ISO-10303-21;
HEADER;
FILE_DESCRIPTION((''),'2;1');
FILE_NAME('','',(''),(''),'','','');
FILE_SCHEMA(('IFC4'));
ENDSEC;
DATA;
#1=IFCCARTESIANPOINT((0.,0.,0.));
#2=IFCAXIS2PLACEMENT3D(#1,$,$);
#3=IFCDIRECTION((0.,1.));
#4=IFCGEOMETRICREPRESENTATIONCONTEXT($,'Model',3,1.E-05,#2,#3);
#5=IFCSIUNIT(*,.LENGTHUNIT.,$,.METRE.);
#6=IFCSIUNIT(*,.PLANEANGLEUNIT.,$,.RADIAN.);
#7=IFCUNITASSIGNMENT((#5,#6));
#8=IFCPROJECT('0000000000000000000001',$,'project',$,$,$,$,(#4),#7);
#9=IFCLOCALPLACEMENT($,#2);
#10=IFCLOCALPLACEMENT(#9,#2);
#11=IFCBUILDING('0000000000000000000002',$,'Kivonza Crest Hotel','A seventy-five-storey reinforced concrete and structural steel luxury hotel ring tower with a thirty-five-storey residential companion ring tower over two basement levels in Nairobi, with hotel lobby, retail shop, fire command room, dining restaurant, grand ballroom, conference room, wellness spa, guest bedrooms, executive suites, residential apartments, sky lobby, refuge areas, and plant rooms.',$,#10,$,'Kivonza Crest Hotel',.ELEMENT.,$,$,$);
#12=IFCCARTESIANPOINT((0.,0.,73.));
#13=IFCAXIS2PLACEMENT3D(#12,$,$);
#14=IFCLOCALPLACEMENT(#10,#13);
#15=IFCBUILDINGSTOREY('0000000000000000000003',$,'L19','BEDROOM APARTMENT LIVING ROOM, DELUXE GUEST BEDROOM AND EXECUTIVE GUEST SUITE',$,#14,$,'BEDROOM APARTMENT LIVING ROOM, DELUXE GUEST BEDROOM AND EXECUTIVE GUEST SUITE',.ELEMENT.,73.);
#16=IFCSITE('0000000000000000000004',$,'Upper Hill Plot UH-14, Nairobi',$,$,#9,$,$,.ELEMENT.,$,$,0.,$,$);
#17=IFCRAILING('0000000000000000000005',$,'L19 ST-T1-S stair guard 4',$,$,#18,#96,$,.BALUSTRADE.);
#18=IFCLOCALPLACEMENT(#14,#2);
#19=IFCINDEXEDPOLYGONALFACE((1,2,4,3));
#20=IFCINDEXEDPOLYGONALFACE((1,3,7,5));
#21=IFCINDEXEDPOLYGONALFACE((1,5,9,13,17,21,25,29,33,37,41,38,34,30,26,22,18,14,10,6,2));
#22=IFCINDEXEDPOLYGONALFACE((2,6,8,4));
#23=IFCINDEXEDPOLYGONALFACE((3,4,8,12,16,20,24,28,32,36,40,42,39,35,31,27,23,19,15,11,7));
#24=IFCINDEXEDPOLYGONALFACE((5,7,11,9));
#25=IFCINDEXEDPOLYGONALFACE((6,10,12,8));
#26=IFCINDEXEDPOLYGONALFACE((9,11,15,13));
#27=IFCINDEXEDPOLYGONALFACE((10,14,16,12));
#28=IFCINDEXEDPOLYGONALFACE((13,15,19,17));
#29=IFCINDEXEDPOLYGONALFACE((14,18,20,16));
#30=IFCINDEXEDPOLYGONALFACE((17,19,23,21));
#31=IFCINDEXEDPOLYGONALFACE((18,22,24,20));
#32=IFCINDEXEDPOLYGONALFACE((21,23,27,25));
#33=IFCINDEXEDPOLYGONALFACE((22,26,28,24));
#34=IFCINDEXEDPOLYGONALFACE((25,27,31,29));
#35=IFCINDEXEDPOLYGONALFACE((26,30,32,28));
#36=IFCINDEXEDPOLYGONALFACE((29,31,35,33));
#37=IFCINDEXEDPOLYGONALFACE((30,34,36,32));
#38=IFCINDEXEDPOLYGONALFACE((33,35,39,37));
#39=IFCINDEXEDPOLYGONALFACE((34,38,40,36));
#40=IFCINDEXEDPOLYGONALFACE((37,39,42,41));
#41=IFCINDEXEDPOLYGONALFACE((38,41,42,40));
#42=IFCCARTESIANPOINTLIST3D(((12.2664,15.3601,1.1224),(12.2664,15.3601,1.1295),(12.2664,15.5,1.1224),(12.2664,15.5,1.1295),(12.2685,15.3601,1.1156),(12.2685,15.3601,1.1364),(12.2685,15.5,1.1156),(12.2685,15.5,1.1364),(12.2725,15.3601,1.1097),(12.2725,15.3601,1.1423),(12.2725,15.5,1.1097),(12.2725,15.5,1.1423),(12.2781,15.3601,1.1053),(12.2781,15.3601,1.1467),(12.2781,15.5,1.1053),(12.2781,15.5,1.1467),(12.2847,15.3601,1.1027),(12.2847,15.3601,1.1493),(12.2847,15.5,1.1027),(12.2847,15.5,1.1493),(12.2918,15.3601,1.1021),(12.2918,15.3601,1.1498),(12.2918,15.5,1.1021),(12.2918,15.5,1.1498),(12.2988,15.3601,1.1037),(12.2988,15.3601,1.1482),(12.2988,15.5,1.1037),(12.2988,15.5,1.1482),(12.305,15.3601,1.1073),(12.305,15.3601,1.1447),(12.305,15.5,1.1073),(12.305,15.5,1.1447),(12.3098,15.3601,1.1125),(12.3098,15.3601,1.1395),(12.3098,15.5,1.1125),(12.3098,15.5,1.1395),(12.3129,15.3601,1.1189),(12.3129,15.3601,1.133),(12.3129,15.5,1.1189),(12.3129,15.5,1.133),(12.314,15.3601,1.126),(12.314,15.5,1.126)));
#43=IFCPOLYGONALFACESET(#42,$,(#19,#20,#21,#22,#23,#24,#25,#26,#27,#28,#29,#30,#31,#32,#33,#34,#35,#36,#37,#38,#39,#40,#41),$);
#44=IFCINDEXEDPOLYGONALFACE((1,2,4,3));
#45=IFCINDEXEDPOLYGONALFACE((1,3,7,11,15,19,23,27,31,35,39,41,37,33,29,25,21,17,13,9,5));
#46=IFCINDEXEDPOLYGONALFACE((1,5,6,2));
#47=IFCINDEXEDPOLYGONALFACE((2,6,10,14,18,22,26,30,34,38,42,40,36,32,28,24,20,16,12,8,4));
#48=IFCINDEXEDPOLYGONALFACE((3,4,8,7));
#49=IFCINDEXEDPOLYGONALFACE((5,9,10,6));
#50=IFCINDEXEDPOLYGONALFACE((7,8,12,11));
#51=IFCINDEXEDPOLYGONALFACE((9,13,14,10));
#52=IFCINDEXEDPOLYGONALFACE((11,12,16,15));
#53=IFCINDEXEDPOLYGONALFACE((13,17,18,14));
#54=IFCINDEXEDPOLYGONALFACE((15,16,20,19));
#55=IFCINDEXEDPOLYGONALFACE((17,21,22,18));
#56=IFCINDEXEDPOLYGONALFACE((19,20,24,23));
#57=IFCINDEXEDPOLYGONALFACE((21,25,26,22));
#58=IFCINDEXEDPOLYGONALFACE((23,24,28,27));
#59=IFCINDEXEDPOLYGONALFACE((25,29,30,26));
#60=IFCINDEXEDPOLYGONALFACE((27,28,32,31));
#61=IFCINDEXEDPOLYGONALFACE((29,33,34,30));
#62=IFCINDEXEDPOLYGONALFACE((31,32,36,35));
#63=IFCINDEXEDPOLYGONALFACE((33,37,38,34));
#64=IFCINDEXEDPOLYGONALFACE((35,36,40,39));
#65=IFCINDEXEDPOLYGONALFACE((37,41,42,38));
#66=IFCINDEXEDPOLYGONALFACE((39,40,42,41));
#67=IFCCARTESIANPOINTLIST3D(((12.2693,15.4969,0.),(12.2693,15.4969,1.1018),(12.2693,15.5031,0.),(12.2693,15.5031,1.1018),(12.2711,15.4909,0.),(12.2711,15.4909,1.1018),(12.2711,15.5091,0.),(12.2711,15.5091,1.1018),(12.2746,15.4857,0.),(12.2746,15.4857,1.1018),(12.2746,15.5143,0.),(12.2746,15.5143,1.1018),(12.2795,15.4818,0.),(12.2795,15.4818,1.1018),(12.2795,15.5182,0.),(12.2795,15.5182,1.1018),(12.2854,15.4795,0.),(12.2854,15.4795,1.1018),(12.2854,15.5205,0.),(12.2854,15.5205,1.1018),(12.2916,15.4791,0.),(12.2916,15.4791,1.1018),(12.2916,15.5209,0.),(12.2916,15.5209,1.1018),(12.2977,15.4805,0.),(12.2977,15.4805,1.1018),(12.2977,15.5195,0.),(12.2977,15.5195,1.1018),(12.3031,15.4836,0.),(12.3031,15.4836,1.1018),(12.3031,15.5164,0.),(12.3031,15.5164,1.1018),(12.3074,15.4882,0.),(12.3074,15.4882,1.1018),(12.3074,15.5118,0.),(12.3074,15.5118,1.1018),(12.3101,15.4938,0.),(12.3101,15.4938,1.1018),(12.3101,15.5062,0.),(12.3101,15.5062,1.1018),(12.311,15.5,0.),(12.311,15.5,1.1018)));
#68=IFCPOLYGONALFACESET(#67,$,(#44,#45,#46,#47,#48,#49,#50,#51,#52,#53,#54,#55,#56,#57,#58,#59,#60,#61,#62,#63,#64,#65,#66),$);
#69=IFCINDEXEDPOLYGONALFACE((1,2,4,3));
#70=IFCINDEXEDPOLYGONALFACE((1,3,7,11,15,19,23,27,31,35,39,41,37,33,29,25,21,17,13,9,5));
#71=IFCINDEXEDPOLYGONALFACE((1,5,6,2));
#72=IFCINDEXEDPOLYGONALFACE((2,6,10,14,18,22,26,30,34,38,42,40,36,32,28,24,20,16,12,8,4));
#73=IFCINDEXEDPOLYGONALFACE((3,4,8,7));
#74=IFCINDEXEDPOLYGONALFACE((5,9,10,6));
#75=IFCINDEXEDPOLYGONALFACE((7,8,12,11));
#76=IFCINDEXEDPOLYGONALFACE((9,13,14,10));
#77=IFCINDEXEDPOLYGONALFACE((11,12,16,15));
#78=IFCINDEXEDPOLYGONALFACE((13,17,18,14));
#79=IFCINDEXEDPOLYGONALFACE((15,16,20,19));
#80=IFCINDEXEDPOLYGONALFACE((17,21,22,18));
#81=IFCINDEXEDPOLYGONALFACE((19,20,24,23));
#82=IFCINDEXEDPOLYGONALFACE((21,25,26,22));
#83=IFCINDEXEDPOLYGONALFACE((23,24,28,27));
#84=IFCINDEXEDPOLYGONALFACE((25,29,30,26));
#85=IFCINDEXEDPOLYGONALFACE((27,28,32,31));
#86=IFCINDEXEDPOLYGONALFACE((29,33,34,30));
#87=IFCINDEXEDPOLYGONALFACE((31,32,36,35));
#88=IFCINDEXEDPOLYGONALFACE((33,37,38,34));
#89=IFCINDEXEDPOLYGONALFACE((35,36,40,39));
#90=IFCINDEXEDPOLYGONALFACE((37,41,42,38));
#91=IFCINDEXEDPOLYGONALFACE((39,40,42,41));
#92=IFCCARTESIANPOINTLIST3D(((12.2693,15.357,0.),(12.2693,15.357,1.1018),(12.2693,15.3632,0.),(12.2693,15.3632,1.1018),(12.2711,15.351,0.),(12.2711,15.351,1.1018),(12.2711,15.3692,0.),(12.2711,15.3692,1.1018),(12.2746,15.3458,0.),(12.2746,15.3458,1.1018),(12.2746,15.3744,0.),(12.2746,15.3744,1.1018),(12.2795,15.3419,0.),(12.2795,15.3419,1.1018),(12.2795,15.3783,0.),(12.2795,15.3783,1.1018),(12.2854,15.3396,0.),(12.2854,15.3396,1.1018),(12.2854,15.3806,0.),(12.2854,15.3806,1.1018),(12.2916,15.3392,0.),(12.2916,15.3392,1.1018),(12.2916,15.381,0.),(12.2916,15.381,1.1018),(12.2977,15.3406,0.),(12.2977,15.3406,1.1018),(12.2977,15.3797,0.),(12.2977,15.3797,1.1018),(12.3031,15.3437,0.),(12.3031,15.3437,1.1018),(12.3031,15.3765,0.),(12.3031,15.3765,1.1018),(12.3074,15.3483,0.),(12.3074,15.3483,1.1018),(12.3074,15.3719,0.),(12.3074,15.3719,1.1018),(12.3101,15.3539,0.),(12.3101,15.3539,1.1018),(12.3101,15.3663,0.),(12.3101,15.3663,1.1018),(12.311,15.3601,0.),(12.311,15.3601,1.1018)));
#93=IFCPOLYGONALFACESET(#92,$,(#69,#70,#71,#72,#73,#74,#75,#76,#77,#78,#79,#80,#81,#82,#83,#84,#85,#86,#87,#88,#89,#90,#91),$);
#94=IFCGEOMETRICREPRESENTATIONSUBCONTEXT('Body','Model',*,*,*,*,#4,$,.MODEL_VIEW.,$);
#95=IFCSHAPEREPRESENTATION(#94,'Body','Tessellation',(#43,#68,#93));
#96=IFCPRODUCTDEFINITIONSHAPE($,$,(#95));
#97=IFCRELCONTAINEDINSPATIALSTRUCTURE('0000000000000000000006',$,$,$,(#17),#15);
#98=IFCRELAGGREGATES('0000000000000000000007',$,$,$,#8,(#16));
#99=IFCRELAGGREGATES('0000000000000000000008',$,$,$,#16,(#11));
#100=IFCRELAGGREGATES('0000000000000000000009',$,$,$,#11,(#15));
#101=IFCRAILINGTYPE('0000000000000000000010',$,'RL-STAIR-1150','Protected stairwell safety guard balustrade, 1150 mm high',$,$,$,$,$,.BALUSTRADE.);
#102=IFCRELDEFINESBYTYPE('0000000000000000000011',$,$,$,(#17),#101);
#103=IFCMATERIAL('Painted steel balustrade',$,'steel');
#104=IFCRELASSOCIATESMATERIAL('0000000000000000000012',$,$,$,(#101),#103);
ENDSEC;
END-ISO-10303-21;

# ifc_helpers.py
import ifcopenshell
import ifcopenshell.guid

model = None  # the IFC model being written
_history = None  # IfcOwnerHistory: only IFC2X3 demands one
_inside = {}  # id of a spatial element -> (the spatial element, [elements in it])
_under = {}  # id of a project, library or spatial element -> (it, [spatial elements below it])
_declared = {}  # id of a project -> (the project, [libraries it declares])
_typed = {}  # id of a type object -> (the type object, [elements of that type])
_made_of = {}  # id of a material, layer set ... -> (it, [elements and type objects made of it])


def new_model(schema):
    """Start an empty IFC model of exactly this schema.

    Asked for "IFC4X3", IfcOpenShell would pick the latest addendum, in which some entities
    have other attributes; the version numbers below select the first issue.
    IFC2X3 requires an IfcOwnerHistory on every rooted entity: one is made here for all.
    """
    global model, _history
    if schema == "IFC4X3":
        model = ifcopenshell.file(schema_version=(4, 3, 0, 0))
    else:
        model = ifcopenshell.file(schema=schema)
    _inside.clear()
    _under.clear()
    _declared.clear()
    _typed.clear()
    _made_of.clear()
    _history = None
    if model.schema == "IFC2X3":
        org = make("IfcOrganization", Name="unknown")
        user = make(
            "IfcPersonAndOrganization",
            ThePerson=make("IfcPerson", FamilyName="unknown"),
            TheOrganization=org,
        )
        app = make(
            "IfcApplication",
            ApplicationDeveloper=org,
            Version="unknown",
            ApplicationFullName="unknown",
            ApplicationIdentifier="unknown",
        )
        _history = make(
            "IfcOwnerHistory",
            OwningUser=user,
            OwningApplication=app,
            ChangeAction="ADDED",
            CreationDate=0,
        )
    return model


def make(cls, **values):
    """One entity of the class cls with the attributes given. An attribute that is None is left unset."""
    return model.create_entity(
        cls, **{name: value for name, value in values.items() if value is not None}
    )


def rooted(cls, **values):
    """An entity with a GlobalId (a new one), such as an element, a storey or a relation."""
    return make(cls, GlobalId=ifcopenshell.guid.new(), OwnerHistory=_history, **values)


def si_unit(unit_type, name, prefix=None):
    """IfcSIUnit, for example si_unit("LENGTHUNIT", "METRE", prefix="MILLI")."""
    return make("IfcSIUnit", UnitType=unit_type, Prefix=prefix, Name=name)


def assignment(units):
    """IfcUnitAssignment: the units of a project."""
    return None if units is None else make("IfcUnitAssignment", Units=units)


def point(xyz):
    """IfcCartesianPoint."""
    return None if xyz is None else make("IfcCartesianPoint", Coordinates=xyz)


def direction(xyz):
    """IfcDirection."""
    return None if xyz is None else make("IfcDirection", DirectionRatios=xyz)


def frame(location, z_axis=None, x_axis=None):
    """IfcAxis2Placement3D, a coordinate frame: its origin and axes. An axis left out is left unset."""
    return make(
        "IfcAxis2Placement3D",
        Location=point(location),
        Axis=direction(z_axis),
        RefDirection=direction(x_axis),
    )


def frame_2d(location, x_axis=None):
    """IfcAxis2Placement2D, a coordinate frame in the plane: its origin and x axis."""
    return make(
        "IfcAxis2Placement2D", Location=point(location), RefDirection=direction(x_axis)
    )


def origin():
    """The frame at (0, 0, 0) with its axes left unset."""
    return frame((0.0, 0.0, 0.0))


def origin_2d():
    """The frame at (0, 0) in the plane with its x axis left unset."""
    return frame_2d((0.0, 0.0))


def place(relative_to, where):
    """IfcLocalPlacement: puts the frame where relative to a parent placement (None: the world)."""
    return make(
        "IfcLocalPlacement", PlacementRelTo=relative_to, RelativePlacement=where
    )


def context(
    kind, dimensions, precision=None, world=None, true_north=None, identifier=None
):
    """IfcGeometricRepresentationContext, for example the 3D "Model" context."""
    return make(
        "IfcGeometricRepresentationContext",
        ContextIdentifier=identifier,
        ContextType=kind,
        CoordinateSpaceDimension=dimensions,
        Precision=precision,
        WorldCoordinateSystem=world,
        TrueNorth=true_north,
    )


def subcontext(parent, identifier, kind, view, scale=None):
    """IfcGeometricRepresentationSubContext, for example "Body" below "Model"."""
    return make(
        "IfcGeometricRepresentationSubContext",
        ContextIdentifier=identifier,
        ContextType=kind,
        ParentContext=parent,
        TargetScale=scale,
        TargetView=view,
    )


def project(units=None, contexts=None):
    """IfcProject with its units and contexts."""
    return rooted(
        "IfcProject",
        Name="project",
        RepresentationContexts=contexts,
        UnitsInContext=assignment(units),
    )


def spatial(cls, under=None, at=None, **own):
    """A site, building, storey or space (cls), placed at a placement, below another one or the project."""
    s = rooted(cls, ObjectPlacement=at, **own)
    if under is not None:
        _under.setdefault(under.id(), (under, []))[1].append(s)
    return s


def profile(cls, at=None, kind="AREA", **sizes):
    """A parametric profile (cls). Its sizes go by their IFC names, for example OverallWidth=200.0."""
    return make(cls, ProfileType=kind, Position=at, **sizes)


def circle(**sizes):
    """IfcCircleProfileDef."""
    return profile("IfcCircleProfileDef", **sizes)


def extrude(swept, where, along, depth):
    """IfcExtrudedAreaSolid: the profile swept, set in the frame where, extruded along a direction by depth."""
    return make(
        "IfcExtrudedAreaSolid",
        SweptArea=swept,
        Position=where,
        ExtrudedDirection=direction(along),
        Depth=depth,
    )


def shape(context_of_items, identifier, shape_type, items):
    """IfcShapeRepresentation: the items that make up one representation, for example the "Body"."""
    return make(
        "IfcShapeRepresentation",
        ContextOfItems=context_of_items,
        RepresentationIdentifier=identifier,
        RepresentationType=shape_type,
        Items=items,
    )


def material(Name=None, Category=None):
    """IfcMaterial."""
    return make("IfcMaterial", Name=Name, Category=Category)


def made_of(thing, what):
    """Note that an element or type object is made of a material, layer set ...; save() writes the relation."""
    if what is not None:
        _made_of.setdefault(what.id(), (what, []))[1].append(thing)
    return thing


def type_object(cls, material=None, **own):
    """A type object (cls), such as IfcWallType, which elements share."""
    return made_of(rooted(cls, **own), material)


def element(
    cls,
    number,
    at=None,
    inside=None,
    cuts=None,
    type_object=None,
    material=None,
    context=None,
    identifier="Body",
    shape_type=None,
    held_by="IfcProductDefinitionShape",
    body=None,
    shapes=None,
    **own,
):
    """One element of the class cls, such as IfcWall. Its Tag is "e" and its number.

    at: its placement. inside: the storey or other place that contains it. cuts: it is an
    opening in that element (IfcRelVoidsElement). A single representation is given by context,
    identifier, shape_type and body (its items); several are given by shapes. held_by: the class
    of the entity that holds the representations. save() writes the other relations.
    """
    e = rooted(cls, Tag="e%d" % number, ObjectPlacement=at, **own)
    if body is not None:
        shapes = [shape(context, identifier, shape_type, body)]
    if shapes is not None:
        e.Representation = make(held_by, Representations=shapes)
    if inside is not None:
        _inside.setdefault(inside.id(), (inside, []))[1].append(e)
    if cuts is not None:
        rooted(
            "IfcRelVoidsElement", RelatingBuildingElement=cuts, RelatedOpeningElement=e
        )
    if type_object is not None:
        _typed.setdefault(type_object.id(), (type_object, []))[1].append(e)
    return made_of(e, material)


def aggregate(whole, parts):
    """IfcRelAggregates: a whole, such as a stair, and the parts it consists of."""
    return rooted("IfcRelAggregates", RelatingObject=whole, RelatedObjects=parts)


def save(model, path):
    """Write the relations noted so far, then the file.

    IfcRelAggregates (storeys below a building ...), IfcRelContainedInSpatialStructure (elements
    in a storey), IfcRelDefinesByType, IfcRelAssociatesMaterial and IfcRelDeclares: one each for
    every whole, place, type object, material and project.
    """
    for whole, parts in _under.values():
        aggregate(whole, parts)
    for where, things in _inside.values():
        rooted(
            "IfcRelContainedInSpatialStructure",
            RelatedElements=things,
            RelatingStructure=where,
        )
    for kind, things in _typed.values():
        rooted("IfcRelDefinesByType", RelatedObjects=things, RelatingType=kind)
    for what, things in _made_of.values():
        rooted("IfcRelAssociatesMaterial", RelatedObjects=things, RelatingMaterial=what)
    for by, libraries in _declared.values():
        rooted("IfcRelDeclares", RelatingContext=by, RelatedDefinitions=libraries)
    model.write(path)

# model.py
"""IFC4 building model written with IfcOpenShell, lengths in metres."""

from ifc_helpers import new_model, si_unit, direction, frame, origin, origin_2d, place, context, subcontext, project, spatial, circle, extrude, material, type_object, element, save


model = new_model("IFC4")

# Units and contexts
model_context = context("Model", 3, precision=1e-05, world=origin(), true_north=direction((0.0, 1.0)))
body_context = subcontext(model_context, "Body", "Model", "MODEL_VIEW")
ifc_project = project(units=[si_unit("LENGTHUNIT", "METRE"), si_unit("PLANEANGLEUNIT", "RADIAN")], contexts=[model_context])

# Site, building, storey
site_placement = place(None, origin())
site = spatial("IfcSite", under=ifc_project, at=site_placement, Name="Upper Hill Plot UH-14, Nairobi", CompositionType="ELEMENT", RefElevation=0.0)
building_placement = place(site_placement, origin())
building = spatial("IfcBuilding", under=site, at=building_placement, Name="Kivonza Crest Hotel", Description="A seventy-five-storey reinforced concrete and structural steel luxury hotel ring tower with a thirty-five-storey residential companion ring tower over two basement levels in Nairobi, with hotel lobby, retail shop, fire command room, dining restaurant, grand ballroom, conference room, wellness spa, guest bedrooms, executive suites, residential apartments, sky lobby, refuge areas, and plant rooms.", LongName="Kivonza Crest Hotel", CompositionType="ELEMENT")
storey_placement = place(building_placement, frame((0.0, 0.0, 73.0)))
storey = spatial("IfcBuildingStorey", under=building, at=storey_placement, Name="L19", Description="BEDROOM APARTMENT LIVING ROOM, DELUXE GUEST BEDROOM AND EXECUTIVE GUEST SUITE", LongName="BEDROOM APARTMENT LIVING ROOM, DELUXE GUEST BEDROOM AND EXECUTIVE GUEST SUITE", CompositionType="ELEMENT", Elevation=73.0)

# Railing
ifc_material_1 = material(Name="Painted steel balustrade", Category="steel")
railing_type_1 = type_object("IfcRailingType", Name="RL-STAIR-1150", Description="Protected stairwell safety guard balustrade, 1150 mm high", PredefinedType="BALUSTRADE", material=ifc_material_1)
railing_1_placement = place(storey_placement, frame((12.29, 15.5, 0.0)))
element("IfcRailing", 1, at=railing_1_placement, inside=storey, type_object=railing_type_1, Name="L19 ST-T1-S stair guard 4", PredefinedType="BALUSTRADE", context=body_context, shape_type="SweptSolid", body=[
    extrude(circle(Radius=0.0239, at=origin_2d()), frame((0.0, 0.0, 1.126), z_axis=(0.0, -1.0, 0.0), x_axis=(1.0, 0.0, 0.0)), (0.0, 0.0, 1.0), 0.1399),
    extrude(circle(Radius=0.021, at=origin_2d()), origin(), (0.0, 0.0, 1.0), 1.1018),
    extrude(circle(Radius=0.021, at=origin_2d()), frame((0.0, -0.1399, 0.0)), (0.0, 0.0, 1.0), 1.1018),
])

save(model, "model.ifc")
